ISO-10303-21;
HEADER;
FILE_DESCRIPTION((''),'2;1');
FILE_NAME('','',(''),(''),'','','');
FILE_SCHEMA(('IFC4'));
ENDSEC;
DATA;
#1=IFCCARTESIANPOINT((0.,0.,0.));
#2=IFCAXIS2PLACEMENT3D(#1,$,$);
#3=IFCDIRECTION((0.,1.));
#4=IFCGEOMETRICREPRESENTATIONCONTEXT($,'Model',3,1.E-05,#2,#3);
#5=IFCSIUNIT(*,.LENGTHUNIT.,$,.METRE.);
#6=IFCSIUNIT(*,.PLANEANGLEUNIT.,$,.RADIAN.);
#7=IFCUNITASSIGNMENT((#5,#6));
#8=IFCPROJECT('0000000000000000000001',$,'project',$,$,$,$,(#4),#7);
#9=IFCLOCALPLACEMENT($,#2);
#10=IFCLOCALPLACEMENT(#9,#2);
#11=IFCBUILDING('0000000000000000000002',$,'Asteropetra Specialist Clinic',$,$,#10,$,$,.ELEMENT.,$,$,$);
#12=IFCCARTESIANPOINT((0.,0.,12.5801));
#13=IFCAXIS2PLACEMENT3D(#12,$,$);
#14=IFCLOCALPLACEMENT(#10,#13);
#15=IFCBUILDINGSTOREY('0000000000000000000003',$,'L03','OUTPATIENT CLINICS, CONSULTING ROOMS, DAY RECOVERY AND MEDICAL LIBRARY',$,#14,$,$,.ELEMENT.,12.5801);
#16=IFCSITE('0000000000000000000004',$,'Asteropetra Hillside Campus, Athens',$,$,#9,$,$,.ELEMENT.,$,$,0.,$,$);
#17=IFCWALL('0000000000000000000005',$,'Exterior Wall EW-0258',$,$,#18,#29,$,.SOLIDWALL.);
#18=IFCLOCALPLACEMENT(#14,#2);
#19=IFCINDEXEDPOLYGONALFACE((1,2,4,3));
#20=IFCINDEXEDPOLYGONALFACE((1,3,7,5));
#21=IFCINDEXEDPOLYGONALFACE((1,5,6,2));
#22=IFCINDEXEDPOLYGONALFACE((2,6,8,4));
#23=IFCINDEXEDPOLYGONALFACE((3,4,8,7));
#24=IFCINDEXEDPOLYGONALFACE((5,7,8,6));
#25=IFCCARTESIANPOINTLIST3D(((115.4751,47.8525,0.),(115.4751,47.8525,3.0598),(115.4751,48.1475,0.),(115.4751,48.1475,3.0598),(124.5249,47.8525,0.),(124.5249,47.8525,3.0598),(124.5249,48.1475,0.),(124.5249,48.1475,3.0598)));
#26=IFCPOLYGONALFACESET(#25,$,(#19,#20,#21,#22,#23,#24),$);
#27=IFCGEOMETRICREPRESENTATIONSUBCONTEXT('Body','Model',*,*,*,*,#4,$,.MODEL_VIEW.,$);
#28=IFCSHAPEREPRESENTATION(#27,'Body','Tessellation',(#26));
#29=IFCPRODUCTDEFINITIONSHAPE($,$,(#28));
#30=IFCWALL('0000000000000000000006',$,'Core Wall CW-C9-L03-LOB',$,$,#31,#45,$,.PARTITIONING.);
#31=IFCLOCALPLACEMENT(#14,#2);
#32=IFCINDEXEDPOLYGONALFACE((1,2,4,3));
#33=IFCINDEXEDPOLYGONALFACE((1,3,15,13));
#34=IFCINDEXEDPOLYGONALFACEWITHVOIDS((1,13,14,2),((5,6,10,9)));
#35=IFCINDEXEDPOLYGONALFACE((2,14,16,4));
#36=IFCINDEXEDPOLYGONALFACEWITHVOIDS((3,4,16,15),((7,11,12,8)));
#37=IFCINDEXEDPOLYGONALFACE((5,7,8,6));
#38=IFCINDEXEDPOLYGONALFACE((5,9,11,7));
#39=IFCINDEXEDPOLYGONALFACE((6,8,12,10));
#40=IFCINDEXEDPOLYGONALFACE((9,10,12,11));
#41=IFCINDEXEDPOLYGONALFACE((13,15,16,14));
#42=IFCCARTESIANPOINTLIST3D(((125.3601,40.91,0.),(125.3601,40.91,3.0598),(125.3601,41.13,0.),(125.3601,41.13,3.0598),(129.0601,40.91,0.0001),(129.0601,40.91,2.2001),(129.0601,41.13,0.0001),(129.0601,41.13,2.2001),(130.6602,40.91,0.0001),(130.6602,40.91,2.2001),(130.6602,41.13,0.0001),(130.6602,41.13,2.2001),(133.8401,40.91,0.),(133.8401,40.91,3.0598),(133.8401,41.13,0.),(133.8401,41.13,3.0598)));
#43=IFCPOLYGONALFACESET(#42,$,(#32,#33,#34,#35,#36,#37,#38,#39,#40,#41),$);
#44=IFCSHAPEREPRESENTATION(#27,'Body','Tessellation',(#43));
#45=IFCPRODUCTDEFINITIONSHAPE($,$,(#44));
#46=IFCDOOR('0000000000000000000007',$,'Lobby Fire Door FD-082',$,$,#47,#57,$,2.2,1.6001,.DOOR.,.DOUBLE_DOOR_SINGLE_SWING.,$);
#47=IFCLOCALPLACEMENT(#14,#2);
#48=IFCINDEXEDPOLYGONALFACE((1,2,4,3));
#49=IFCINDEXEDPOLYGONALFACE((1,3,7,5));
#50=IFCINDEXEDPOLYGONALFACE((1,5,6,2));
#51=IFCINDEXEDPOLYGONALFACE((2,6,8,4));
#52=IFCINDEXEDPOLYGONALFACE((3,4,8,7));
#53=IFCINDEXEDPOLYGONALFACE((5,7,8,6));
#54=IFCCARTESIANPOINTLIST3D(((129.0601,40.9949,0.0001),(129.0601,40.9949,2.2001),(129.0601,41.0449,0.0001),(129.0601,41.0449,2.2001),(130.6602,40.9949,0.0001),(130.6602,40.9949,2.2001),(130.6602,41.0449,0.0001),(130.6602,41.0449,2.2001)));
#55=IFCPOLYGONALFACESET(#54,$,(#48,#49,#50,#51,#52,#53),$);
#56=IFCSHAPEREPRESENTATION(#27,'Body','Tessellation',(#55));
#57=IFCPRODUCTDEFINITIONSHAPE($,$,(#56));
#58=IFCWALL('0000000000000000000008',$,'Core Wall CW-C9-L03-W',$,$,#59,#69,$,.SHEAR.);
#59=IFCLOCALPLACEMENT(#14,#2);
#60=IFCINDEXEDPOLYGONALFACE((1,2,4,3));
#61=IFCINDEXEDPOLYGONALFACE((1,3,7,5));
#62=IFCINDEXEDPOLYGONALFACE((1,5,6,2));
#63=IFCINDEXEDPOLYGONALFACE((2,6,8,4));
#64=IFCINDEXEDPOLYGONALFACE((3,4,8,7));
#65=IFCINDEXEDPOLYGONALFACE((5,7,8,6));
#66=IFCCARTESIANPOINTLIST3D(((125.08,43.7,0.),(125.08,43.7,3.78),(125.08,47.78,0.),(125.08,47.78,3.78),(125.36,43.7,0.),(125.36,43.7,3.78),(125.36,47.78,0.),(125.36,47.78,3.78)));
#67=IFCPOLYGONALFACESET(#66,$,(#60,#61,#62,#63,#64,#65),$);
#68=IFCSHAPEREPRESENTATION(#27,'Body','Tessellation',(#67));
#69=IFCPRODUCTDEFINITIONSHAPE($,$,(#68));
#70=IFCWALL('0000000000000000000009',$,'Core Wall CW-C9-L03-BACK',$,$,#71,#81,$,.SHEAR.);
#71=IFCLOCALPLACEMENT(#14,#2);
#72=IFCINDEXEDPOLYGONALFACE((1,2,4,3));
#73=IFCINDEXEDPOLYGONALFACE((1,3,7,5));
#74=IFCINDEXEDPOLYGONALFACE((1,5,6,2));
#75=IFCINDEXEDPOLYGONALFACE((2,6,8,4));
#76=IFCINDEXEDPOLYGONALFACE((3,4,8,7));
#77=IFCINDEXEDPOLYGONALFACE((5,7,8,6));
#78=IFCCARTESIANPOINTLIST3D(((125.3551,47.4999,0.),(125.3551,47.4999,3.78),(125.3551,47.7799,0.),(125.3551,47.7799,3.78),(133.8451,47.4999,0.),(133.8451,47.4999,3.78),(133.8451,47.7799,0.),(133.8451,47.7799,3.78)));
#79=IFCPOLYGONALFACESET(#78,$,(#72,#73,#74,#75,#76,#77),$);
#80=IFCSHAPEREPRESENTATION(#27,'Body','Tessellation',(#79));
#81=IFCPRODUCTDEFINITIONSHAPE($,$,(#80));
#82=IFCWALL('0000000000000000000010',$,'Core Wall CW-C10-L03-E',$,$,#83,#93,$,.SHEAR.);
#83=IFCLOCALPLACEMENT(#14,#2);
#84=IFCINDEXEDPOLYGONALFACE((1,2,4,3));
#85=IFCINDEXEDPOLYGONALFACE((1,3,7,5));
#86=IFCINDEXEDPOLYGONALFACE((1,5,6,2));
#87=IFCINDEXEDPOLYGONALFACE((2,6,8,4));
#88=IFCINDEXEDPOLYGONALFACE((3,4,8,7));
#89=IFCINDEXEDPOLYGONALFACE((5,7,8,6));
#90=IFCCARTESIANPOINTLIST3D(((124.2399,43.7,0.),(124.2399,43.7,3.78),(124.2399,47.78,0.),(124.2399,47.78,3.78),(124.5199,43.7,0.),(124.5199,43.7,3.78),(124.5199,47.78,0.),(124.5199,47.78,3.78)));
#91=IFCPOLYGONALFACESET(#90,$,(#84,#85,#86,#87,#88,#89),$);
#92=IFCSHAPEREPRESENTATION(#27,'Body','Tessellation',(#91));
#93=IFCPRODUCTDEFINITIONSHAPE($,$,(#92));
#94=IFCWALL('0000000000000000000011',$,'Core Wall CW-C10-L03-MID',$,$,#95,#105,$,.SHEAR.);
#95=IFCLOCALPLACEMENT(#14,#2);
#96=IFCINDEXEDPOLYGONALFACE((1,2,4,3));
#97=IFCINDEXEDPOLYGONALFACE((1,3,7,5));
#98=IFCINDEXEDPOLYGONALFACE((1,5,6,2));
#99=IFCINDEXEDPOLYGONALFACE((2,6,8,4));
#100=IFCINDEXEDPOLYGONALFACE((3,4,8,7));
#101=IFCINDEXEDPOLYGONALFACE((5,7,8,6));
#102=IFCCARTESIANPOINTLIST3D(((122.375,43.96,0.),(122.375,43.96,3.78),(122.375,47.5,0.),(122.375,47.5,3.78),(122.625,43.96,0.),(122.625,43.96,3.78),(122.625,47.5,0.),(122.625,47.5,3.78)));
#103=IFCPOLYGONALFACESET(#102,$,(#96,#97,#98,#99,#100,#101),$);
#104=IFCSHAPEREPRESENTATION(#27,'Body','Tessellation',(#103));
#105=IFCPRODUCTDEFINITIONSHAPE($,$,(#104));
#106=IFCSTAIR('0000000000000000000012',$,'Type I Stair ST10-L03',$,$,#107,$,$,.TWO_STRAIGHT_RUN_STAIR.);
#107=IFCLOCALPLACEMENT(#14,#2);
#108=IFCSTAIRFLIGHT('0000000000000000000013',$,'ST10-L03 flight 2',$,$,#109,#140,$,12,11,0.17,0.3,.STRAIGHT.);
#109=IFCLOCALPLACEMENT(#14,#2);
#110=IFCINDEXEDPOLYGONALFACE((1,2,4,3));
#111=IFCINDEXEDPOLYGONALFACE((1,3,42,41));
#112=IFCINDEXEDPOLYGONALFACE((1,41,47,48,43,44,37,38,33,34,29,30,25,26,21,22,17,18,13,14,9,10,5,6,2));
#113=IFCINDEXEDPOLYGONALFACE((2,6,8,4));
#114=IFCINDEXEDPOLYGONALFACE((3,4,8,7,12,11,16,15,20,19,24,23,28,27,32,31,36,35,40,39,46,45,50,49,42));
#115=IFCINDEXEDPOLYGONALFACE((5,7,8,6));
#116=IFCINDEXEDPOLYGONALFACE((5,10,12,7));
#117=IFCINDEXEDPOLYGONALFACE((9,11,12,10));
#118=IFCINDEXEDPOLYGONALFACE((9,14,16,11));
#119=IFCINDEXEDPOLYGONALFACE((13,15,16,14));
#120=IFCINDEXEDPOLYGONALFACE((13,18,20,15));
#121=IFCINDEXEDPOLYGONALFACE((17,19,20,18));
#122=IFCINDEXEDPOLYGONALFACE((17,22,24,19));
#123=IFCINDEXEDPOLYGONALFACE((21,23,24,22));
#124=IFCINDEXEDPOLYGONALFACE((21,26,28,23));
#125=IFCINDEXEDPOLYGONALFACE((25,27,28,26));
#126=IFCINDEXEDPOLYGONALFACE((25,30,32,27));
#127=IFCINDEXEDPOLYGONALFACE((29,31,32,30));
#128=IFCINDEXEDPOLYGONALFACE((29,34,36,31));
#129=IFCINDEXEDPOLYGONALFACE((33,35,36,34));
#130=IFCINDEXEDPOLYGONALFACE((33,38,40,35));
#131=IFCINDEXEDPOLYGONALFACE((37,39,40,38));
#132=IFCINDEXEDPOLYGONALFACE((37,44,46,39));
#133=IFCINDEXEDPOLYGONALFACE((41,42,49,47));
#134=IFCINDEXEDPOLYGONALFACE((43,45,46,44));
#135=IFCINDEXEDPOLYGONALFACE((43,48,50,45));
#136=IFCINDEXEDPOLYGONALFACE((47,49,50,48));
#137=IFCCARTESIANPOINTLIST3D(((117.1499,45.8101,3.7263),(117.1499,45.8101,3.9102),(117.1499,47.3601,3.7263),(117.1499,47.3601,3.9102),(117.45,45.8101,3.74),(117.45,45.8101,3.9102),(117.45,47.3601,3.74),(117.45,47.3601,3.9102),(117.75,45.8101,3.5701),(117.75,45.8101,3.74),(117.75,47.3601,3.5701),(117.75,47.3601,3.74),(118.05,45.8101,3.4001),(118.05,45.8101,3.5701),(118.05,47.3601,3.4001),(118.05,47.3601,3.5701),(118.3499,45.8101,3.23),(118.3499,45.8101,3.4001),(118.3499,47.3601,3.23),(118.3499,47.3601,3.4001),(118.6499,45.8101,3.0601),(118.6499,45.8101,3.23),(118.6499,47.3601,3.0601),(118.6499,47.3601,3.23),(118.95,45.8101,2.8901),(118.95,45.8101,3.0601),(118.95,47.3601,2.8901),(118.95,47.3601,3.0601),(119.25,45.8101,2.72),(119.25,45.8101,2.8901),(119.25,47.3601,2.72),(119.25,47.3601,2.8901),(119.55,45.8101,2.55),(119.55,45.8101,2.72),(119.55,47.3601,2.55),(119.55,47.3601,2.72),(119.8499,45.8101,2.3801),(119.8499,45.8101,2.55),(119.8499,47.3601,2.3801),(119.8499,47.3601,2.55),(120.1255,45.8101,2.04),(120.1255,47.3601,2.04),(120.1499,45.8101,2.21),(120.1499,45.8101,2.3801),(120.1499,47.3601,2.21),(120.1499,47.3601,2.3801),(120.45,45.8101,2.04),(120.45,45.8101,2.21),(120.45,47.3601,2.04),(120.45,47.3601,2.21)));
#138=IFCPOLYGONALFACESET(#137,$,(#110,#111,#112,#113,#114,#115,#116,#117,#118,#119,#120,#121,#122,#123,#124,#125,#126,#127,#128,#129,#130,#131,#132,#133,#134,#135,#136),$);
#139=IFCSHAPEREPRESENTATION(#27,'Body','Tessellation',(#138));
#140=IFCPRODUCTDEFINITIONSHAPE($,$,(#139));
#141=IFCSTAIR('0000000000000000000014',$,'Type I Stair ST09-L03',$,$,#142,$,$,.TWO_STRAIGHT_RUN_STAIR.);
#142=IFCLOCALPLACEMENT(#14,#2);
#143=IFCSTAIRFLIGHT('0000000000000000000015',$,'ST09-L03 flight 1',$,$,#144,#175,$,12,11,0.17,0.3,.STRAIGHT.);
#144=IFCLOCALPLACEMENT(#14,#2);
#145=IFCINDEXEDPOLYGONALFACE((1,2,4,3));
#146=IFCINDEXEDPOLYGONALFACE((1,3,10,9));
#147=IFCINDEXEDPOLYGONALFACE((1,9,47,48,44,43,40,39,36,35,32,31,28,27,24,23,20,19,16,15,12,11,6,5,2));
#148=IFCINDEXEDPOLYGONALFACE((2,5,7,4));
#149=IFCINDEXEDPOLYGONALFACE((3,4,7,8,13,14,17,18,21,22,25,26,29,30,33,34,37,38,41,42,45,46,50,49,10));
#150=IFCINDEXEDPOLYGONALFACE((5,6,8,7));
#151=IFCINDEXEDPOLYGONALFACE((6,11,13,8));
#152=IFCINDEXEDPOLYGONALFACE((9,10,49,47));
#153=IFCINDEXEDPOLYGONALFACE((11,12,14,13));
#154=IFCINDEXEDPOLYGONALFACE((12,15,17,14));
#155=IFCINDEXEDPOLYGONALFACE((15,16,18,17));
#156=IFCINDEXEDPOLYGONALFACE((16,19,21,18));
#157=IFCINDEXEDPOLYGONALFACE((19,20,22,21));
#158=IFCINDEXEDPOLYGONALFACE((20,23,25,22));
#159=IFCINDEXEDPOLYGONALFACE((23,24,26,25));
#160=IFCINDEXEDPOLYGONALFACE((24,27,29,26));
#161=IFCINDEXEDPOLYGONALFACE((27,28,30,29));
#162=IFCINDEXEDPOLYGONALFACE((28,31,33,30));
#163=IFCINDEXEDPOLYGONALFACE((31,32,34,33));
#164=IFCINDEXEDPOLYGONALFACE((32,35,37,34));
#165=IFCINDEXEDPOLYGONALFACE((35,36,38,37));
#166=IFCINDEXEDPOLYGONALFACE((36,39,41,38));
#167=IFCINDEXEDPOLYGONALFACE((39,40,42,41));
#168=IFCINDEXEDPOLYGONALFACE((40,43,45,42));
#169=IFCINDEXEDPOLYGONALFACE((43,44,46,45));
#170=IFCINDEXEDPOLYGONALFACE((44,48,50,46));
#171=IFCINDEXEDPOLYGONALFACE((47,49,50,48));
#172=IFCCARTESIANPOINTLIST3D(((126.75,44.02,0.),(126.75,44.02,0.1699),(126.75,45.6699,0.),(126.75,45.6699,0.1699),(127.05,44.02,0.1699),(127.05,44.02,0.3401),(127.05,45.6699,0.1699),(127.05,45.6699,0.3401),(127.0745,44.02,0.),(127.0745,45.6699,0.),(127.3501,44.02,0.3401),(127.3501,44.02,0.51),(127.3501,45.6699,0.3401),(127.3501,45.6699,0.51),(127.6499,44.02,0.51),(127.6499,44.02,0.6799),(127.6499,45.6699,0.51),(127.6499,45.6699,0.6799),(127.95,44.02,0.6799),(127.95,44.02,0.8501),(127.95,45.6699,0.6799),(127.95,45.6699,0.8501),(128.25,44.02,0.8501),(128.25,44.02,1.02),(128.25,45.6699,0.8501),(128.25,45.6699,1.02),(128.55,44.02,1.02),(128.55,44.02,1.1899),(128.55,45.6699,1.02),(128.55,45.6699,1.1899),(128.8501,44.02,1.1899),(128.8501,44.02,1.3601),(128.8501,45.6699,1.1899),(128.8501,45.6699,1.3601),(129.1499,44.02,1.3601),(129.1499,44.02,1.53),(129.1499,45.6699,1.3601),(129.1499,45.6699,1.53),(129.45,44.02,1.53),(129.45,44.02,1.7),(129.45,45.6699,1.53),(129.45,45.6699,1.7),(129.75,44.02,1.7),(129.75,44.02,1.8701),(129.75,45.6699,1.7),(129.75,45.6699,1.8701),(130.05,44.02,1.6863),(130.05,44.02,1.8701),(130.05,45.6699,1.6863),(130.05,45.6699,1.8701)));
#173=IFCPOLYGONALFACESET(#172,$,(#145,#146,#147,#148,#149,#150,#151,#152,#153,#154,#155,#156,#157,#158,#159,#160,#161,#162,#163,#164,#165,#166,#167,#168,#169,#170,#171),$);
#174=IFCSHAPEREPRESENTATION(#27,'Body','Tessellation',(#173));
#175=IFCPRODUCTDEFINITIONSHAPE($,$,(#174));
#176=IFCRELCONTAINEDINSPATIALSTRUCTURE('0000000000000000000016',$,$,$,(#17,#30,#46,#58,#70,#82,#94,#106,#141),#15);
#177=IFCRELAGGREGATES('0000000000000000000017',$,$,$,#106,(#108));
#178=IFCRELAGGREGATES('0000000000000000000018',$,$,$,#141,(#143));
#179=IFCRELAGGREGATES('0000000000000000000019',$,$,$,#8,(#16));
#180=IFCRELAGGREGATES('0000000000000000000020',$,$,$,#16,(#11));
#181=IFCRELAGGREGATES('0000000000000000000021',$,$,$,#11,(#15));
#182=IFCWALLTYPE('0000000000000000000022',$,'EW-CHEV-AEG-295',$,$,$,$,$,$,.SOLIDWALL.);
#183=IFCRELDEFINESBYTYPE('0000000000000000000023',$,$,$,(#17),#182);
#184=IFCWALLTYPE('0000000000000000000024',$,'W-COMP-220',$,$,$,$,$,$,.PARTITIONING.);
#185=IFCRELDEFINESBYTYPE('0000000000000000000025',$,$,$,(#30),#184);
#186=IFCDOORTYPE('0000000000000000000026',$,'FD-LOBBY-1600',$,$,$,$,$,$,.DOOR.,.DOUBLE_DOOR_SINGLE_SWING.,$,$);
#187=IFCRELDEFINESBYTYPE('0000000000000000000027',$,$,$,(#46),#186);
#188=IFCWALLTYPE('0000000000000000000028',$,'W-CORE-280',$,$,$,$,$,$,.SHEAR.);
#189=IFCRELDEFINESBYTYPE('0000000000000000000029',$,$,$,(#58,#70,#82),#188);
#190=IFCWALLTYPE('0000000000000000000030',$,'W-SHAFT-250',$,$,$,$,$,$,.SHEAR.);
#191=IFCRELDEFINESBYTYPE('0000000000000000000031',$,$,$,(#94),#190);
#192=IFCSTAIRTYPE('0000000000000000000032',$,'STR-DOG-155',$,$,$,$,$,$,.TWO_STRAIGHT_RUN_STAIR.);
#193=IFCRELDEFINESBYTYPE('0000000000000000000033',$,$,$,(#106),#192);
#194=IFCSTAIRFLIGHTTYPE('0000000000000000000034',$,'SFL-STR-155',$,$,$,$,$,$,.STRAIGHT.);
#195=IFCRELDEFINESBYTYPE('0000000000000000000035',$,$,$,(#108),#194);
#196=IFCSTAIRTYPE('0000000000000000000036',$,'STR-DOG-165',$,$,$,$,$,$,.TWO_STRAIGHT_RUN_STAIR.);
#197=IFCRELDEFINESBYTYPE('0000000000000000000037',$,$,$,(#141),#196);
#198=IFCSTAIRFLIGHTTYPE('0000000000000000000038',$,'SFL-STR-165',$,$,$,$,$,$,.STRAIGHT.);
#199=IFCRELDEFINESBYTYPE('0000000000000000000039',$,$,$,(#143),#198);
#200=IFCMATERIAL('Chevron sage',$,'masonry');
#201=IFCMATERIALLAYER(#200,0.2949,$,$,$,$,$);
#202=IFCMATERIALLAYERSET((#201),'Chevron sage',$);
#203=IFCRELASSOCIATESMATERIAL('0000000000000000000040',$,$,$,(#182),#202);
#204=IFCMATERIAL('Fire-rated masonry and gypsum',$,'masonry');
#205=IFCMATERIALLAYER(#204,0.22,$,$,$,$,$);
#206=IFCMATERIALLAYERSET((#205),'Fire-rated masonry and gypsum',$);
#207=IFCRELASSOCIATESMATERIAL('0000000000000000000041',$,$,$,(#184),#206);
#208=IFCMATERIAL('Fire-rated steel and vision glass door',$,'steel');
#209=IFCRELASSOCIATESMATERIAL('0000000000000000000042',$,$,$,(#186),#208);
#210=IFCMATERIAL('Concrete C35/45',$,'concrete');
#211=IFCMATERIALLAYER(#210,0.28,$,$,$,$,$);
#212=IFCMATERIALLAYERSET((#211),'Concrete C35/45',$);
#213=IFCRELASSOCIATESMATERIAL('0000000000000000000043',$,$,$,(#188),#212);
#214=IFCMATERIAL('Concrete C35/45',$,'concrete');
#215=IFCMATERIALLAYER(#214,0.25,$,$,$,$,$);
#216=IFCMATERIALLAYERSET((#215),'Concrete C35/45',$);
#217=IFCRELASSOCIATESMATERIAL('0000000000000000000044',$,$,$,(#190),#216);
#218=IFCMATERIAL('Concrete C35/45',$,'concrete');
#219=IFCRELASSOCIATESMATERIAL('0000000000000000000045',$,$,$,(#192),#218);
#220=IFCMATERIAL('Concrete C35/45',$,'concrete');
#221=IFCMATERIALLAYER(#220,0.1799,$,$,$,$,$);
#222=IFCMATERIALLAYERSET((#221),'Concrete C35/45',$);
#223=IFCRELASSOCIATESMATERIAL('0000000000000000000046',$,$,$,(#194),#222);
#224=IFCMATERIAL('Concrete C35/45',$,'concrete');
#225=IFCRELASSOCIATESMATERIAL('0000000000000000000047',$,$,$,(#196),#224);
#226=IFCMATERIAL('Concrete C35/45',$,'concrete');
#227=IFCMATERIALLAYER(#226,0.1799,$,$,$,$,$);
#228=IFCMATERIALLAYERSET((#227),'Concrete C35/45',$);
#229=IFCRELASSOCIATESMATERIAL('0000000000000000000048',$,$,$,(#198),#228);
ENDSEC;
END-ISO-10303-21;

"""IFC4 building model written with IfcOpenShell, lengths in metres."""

from ifc_helpers import new_model, si_unit, direction, frame, frame_2d, origin, place, context, subcontext, project, spatial, polyline, rectangle, outline, extrude, material, layer, layer_set, type_object, element, fill, aggregate, save


model = new_model("IFC4")

# Units and contexts
model_context = context("Model", 3, precision=1e-05, world=origin(), true_north=direction((0.0, 1.0)))
body_context = subcontext(model_context, "Body", "Model", "MODEL_VIEW")
ifc_project = project(units=[si_unit("LENGTHUNIT", "METRE"), si_unit("PLANEANGLEUNIT", "RADIAN")], contexts=[model_context])

# Site, building, storey
site_placement = place(None, origin())
site = spatial("IfcSite", under=ifc_project, at=site_placement, Name="Asteropetra Hillside Campus, Athens", CompositionType="ELEMENT", RefElevation=0.0)
building_placement = place(site_placement, origin())
building = spatial("IfcBuilding", under=site, at=building_placement, Name="Asteropetra Specialist Clinic", CompositionType="ELEMENT")
storey_placement = place(building_placement, frame((0.0, 0.0, 12.5801)))
storey = spatial("IfcBuildingStorey", under=building, at=storey_placement, Name="L03", Description="OUTPATIENT CLINICS, CONSULTING ROOMS, DAY RECOVERY AND MEDICAL LIBRARY", CompositionType="ELEMENT", Elevation=12.5801)

# Wall
ifc_material_1 = material(Name="Chevron sage", Category="masonry")
ifc_layer_1 = layer(ifc_material_1, 0.2949)
ifc_layer_set_1 = layer_set([ifc_layer_1], Name="Chevron sage")
wall_type_1 = type_object("IfcWallType", Name="EW-CHEV-AEG-295", PredefinedType="SOLIDWALL", material=ifc_layer_set_1)
wall_1_placement = place(storey_placement, frame((124.5249, 48.0, 0.0), z_axis=(0.0, 0.0, 1.0), x_axis=(-1.0, 0.0, 0.0)))
element("IfcWall", 1, at=wall_1_placement, inside=storey, type_object=wall_type_1, Name="Exterior Wall EW-0258", PredefinedType="SOLIDWALL", context=body_context, shape_type="SweptSolid", body=[
    extrude(rectangle(XDim=9.0498, YDim=0.2949, at=frame_2d((4.5249, 0.0))), origin(), (0.0, 0.0, 1.0), 3.0598),
])

# Wall, opening, door
ifc_material_2 = material(Name="Fire-rated masonry and gypsum", Category="masonry")
ifc_layer_2 = layer(ifc_material_2, 0.22)
ifc_layer_set_2 = layer_set([ifc_layer_2], Name="Fire-rated masonry and gypsum")
wall_type_2 = type_object("IfcWallType", Name="W-COMP-220", PredefinedType="PARTITIONING", material=ifc_layer_set_2)
wall_2_placement = place(storey_placement, frame((125.3601, 41.02, 0.0), z_axis=(0.0, 0.0, 1.0), x_axis=(1.0, 0.0, 0.0)))
wall_2 = element("IfcWall", 2, at=wall_2_placement, inside=storey, type_object=wall_type_2, Name="Core Wall CW-C9-L03-LOB", PredefinedType="PARTITIONING", context=body_context, shape_type="SweptSolid", body=[
    extrude(rectangle(XDim=8.48, YDim=0.22, at=frame_2d((4.24, 0.0))), origin(), (0.0, 0.0, 1.0), 3.0598),
])
opening_1_placement = place(wall_2_placement, frame((3.7, 0.0, 0.0)))
opening_1 = element("IfcOpeningElement", 3, at=opening_1_placement, cuts=wall_2, PredefinedType="OPENING", context=body_context, shape_type="SweptSolid", body=[
    extrude(rectangle(XDim=1.6001, YDim=2.2, at=frame_2d((0.8, 1.1001))), frame((0.0, 0.1199, 0.0), z_axis=(0.0, -1.0, 0.0), x_axis=(1.0, 0.0, 0.0)), (0.0, 0.0, 1.0), 0.24),
])
ifc_material_3 = material(Name="Fire-rated steel and vision glass door", Category="steel")
door_type_1 = type_object("IfcDoorType", Name="FD-LOBBY-1600", OperationType="DOUBLE_DOOR_SINGLE_SWING", PredefinedType="DOOR", material=ifc_material_3)
door_1_placement = place(opening_1_placement, origin())
door_1 = element("IfcDoor", 4, at=door_1_placement, inside=storey, type_object=door_type_1, Name="Lobby Fire Door FD-082", OperationType="DOUBLE_DOOR_SINGLE_SWING", OverallHeight=2.2, OverallWidth=1.6001, PredefinedType="DOOR", context=body_context, shape_type="SweptSolid", body=[
    extrude(rectangle(XDim=1.6001, YDim=2.2, at=frame_2d((0.8, 1.1001))), frame((0.0, 0.0249, 0.0), z_axis=(0.0, -1.0, 0.0), x_axis=(1.0, 0.0, 0.0)), (0.0, 0.0, 1.0), 0.05),
])
fill(opening_1, door_1)

# Walls
ifc_material_4 = material(Name="Concrete C35/45", Category="concrete")
ifc_layer_3 = layer(ifc_material_4, 0.28)
ifc_layer_set_3 = layer_set([ifc_layer_3], Name="Concrete C35/45")
wall_type_3 = type_object("IfcWallType", Name="W-CORE-280", PredefinedType="SHEAR", material=ifc_layer_set_3)
wall_3_placement = place(storey_placement, frame((125.22, 43.7, 0.0), z_axis=(0.0, 0.0, 1.0), x_axis=(0.0, 1.0, 0.0)))
element("IfcWall", 5, at=wall_3_placement, inside=storey, type_object=wall_type_3, Name="Core Wall CW-C9-L03-W", PredefinedType="SHEAR", context=body_context, shape_type="SweptSolid", body=[
    extrude(rectangle(XDim=4.0801, YDim=0.28, at=frame_2d((2.04, 0.0))), origin(), (0.0, 0.0, 1.0), 3.78),
])
wall_4_placement = place(storey_placement, frame((125.355, 47.6399, 0.0), z_axis=(0.0, 0.0, 1.0), x_axis=(1.0, 0.0, 0.0)))
element("IfcWall", 6, at=wall_4_placement, inside=storey, type_object=wall_type_3, Name="Core Wall CW-C9-L03-BACK", PredefinedType="SHEAR", context=body_context, shape_type="SweptSolid", body=[
    extrude(rectangle(XDim=8.49, YDim=0.28, at=frame_2d((4.2451, 0.0))), origin(), (0.0, 0.0, 1.0), 3.78),
])
wall_5_placement = place(storey_placement, frame((124.3799, 43.7, 0.0), z_axis=(0.0, 0.0, 1.0), x_axis=(0.0, 1.0, 0.0)))
element("IfcWall", 7, at=wall_5_placement, inside=storey, type_object=wall_type_3, Name="Core Wall CW-C10-L03-E", PredefinedType="SHEAR", context=body_context, shape_type="SweptSolid", body=[
    extrude(rectangle(XDim=4.0801, YDim=0.28, at=frame_2d((2.04, 0.0))), origin(), (0.0, 0.0, 1.0), 3.78),
])

# Shared definitions
ifc_material_5 = material(Name="Concrete C35/45", Category="concrete")
ifc_layer_4 = layer(ifc_material_5, 0.25)
ifc_layer_set_4 = layer_set([ifc_layer_4], Name="Concrete C35/45")
wall_type_4 = type_object("IfcWallType", Name="W-SHAFT-250", PredefinedType="SHEAR", material=ifc_layer_set_4)

# Wall
wall_6_placement = place(storey_placement, frame((122.5, 43.96, 0.0), z_axis=(0.0, 0.0, 1.0), x_axis=(0.0, 1.0, 0.0)))
element("IfcWall", 8, at=wall_6_placement, inside=storey, type_object=wall_type_4, Name="Core Wall CW-C10-L03-MID", PredefinedType="SHEAR", context=body_context, shape_type="SweptSolid", body=[
    extrude(rectangle(XDim=3.54, YDim=0.25, at=frame_2d((1.77, 0.0))), origin(), (0.0, 0.0, 1.0), 3.78),
])

# Stairs, stair flights
ifc_material_6 = material(Name="Concrete C35/45", Category="concrete")
stair_type_1 = type_object("IfcStairType", Name="STR-DOG-155", PredefinedType="TWO_STRAIGHT_RUN_STAIR", material=ifc_material_6)
stair_1_placement = place(storey_placement, origin())
stair_1 = element("IfcStair", 9, at=stair_1_placement, inside=storey, type_object=stair_type_1, Name="Type I Stair ST10-L03", PredefinedType="TWO_STRAIGHT_RUN_STAIR")
ifc_material_7 = material(Name="Concrete C35/45", Category="concrete")
ifc_layer_5 = layer(ifc_material_7, 0.1799)
ifc_layer_set_5 = layer_set([ifc_layer_5], Name="Concrete C35/45")
stair_flight_type_1 = type_object("IfcStairFlightType", Name="SFL-STR-155", PredefinedType="STRAIGHT", material=ifc_layer_set_5)
stair_flight_1_placement = place(storey_placement, frame((120.45, 46.585, 2.04), z_axis=(0.0, 0.0, 1.0), x_axis=(-1.0, 0.0, 0.0)))
stair_flight_1 = element("IfcStairFlight", 10, at=stair_flight_1_placement, type_object=stair_flight_type_1, Name="ST10-L03 flight 2", NumberOfRisers=12, NumberOfTreads=11, PredefinedType="STRAIGHT", RiserHeight=0.17, TreadLength=0.3, context=body_context, shape_type="SweptSolid", body=[
    extrude(outline(polyline([(0.0, 0.0), (0.0, 0.1699), (0.3, 0.1699), (0.3, 0.3401), (0.6001, 0.3401), (0.6001, 0.51), (0.8999, 0.51), (0.8999, 0.6799), (1.2, 0.6799), (1.2, 0.8501), (1.5, 0.8501), (1.5, 1.02), (1.8, 1.02), (1.8, 1.1899), (2.1001, 1.1899), (2.1001, 1.3601), (2.3999, 1.3601), (2.3999, 1.53), (2.7, 1.53), (2.7, 1.7), (3.0, 1.7), (3.0, 1.8701), (3.3, 1.8701), (3.3, 2.04), (3.3, 1.6863), (0.3245, 0.0), (0.0, 0.0)])), frame((0.0, 0.7749, 0.0), z_axis=(0.0, -1.0, 0.0), x_axis=(1.0, 0.0, 0.0)), (0.0, 0.0, 1.0), 1.55),
])
aggregate(stair_1, [stair_flight_1])
ifc_material_8 = material(Name="Concrete C35/45", Category="concrete")
stair_type_2 = type_object("IfcStairType", Name="STR-DOG-165", PredefinedType="TWO_STRAIGHT_RUN_STAIR", material=ifc_material_8)
stair_2_placement = place(storey_placement, origin())
stair_2 = element("IfcStair", 11, at=stair_2_placement, inside=storey, type_object=stair_type_2, Name="Type I Stair ST09-L03", PredefinedType="TWO_STRAIGHT_RUN_STAIR")
ifc_material_9 = material(Name="Concrete C35/45", Category="concrete")
ifc_layer_6 = layer(ifc_material_9, 0.1799)
ifc_layer_set_6 = layer_set([ifc_layer_6], Name="Concrete C35/45")
stair_flight_type_2 = type_object("IfcStairFlightType", Name="SFL-STR-165", PredefinedType="STRAIGHT", material=ifc_layer_set_6)
stair_flight_2_placement = place(storey_placement, frame((126.75, 44.845, 0.0), z_axis=(0.0, 0.0, 1.0), x_axis=(1.0, 0.0, 0.0)))
stair_flight_2 = element("IfcStairFlight", 12, at=stair_flight_2_placement, type_object=stair_flight_type_2, Name="ST09-L03 flight 1", NumberOfRisers=12, NumberOfTreads=11, PredefinedType="STRAIGHT", RiserHeight=0.17, TreadLength=0.3, context=body_context, shape_type="SweptSolid", body=[
    extrude(outline(polyline([(0.0, 0.0), (0.0, 0.1699), (0.3, 0.1699), (0.3, 0.3401), (0.6001, 0.3401), (0.6001, 0.51), (0.8999, 0.51), (0.8999, 0.6799), (1.2, 0.6799), (1.2, 0.8501), (1.5, 0.8501), (1.5, 1.02), (1.8, 1.02), (1.8, 1.1899), (2.1001, 1.1899), (2.1001, 1.3601), (2.3999, 1.3601), (2.3999, 1.53), (2.7, 1.53), (2.7, 1.7), (3.0, 1.7), (3.0, 1.8701), (3.3, 1.8701), (3.3, 2.04), (3.3, 1.6863), (0.3245, 0.0), (0.0, 0.0)])), frame((0.0, 0.825, 0.0), z_axis=(0.0, -1.0, 0.0), x_axis=(1.0, 0.0, 0.0)), (0.0, 0.0, 1.0), 1.6499),
])
aggregate(stair_2, [stair_flight_2])

save(model, "model.ifc")
